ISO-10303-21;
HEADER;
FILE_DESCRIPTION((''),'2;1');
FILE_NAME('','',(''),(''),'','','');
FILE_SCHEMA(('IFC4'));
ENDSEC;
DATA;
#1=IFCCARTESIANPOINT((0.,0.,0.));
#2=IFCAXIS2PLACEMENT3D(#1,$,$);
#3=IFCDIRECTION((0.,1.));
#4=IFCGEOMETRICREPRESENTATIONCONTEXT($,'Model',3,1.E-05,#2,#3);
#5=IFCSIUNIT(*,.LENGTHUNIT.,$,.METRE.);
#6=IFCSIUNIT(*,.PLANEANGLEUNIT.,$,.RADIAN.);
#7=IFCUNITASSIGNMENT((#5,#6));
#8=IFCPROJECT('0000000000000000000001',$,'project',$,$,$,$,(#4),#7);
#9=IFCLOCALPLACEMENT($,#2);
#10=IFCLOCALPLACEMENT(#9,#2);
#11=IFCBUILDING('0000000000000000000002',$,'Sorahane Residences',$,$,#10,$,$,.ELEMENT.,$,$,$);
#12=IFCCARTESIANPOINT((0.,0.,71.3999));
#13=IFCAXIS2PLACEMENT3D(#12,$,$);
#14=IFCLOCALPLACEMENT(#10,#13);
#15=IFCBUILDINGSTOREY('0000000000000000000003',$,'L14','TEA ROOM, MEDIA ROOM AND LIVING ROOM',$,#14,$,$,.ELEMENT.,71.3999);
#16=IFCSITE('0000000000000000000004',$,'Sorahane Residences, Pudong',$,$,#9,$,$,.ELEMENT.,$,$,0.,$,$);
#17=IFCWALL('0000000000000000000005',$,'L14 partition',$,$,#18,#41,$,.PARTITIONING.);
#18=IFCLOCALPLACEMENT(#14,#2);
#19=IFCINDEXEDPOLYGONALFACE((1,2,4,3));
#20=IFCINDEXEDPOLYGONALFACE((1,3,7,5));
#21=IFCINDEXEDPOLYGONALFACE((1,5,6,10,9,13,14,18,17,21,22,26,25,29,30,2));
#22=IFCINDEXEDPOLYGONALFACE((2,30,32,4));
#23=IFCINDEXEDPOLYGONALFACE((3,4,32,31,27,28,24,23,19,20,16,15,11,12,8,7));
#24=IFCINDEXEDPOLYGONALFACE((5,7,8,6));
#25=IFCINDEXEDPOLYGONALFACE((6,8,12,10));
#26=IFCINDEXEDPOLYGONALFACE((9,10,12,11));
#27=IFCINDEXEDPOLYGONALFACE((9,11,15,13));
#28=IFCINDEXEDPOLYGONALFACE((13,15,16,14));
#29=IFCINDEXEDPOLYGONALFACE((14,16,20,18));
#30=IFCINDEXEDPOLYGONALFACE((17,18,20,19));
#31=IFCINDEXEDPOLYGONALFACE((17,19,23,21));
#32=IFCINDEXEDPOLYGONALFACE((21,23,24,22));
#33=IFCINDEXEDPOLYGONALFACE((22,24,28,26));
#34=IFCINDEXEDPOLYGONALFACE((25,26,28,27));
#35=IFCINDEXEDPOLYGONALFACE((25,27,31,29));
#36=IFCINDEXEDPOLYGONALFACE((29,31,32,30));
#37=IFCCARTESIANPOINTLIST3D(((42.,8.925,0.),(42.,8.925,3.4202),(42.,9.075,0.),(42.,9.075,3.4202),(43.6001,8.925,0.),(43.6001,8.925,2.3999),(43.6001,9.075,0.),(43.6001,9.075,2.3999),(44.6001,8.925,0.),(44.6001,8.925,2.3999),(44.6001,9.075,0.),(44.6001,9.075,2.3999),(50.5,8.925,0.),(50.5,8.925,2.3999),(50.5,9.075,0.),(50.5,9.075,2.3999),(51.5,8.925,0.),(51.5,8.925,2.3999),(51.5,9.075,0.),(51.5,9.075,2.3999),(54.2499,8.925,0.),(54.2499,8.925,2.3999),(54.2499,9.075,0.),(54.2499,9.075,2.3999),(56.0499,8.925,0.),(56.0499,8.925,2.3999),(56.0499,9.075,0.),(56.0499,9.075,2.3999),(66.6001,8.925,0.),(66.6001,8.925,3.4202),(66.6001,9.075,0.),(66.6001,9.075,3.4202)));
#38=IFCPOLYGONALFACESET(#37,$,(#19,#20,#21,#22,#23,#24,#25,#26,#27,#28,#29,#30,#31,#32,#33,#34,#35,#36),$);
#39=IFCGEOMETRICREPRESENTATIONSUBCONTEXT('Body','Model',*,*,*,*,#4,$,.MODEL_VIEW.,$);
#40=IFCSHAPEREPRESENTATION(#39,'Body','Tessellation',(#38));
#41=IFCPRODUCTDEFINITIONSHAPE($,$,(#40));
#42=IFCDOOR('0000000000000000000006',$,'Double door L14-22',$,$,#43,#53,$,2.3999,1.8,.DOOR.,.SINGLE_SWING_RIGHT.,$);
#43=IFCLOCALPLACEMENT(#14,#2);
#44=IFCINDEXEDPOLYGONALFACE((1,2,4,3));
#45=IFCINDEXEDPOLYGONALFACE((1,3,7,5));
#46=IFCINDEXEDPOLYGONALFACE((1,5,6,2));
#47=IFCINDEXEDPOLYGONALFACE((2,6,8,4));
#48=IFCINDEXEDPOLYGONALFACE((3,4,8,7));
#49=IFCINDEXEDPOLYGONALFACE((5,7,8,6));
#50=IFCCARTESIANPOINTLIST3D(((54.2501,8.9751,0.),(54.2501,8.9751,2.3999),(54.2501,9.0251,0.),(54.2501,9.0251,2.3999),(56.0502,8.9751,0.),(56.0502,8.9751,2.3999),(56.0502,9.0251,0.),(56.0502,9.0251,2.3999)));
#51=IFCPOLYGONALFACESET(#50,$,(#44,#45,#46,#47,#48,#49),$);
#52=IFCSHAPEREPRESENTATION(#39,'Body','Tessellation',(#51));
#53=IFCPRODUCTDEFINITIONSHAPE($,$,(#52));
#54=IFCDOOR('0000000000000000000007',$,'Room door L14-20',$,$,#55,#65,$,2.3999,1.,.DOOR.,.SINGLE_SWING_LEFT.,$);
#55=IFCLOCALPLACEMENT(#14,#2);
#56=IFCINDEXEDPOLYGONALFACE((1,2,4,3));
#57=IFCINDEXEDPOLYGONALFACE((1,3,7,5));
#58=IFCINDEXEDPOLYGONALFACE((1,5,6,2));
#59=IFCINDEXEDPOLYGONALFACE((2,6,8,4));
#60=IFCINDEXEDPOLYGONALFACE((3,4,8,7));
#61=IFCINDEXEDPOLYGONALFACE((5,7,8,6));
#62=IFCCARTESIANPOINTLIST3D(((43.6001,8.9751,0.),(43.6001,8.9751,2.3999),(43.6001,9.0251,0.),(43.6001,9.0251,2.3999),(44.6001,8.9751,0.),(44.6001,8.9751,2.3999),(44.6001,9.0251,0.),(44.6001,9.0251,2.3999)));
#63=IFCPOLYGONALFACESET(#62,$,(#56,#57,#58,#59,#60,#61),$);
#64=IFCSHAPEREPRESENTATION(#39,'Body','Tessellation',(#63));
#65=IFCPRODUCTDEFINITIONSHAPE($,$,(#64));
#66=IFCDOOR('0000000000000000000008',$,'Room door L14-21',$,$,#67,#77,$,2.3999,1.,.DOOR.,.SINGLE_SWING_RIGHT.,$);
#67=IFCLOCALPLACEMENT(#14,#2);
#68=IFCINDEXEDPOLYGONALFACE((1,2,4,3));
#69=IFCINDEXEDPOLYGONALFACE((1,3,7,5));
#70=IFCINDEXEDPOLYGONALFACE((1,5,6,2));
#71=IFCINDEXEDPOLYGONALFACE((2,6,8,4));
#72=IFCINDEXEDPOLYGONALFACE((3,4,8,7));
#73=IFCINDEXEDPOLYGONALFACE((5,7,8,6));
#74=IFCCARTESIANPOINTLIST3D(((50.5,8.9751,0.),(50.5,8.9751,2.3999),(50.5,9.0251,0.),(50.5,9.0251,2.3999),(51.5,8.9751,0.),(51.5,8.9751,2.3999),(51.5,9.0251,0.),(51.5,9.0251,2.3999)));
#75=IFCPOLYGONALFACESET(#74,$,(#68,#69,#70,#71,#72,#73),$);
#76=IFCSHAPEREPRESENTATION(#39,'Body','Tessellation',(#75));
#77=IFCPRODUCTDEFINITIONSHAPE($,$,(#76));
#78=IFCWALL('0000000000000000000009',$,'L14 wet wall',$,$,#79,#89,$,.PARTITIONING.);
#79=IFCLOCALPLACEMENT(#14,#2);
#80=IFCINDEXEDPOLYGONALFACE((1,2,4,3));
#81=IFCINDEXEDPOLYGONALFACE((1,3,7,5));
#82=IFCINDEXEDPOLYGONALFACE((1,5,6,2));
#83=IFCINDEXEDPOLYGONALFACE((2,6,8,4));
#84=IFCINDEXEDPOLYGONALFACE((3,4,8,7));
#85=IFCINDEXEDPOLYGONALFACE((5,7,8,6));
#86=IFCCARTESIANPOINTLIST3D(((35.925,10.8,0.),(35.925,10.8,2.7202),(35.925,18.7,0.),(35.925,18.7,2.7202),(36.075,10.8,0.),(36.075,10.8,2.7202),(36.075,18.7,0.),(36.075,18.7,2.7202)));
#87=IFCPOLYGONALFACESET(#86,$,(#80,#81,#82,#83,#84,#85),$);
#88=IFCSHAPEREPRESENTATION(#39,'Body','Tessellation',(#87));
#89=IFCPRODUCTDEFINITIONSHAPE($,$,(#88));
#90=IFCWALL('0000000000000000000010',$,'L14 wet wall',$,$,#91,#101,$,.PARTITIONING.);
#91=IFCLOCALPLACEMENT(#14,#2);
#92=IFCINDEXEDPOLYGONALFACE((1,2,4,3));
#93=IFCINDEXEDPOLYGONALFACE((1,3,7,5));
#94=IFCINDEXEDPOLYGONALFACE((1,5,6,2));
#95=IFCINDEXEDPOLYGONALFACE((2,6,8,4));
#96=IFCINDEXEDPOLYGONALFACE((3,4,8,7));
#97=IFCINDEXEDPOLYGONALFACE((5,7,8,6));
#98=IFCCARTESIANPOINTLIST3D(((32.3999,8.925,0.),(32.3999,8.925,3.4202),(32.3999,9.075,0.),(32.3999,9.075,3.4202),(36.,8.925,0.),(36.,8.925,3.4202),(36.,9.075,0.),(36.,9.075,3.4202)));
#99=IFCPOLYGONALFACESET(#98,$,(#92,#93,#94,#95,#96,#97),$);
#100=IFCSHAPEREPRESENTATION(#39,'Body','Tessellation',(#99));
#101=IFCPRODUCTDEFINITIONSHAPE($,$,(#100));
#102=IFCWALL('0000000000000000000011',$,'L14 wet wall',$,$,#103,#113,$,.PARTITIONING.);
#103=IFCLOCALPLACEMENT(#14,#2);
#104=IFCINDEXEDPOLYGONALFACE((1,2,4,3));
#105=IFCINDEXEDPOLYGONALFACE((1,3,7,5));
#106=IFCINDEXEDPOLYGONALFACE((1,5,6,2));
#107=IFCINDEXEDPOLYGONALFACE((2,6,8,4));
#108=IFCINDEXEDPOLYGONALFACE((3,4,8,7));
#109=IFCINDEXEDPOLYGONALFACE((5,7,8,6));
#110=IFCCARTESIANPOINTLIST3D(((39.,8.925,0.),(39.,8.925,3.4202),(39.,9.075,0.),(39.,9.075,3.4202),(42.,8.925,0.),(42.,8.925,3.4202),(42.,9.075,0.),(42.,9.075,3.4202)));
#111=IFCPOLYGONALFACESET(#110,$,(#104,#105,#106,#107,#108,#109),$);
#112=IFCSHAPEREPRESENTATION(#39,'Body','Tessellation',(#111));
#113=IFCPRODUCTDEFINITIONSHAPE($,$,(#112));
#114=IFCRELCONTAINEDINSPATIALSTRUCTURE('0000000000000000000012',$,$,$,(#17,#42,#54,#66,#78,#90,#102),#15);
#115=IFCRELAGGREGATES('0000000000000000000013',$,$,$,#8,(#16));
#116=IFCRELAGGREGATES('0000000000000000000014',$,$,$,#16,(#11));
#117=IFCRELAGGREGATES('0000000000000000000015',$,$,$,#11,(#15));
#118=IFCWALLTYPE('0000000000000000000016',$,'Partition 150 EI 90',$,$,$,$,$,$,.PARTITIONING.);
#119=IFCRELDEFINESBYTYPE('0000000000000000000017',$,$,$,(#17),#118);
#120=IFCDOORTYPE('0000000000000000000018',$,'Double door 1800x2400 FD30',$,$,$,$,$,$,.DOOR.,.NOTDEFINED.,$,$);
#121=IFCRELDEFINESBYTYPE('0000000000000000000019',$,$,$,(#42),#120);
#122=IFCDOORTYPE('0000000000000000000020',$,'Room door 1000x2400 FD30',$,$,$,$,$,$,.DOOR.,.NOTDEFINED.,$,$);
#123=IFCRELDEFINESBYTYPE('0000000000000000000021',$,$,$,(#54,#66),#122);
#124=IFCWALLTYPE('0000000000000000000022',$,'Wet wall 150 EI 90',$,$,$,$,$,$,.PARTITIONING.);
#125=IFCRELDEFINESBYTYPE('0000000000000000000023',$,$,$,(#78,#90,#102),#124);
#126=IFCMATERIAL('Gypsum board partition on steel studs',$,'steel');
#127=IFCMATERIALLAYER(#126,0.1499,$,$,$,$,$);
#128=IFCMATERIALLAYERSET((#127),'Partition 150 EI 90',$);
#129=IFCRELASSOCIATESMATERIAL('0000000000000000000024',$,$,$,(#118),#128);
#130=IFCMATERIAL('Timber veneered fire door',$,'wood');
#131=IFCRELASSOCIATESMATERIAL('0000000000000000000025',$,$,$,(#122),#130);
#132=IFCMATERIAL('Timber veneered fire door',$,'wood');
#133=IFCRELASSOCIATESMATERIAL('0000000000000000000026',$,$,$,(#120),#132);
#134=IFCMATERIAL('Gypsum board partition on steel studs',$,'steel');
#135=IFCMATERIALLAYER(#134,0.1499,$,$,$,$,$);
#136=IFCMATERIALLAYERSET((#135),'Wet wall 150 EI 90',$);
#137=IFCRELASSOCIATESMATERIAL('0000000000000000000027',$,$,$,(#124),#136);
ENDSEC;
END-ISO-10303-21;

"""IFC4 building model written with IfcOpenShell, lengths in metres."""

from ifc_helpers import new_model, si_unit, direction, frame, frame_2d, origin, place, context, subcontext, project, spatial, rectangle, extrude, material, layer, layer_set, type_object, element, fill, save


model = new_model("IFC4")

# Units and contexts
model_context = context("Model", 3, precision=1e-05, world=origin(), true_north=direction((0.0, 1.0)))
body_context = subcontext(model_context, "Body", "Model", "MODEL_VIEW")
ifc_project = project(units=[si_unit("LENGTHUNIT", "METRE"), si_unit("PLANEANGLEUNIT", "RADIAN")], contexts=[model_context])

# Site, building, storey
site_placement = place(None, origin())
site = spatial("IfcSite", under=ifc_project, at=site_placement, Name="Sorahane Residences, Pudong", CompositionType="ELEMENT", RefElevation=0.0)
building_placement = place(site_placement, origin())
building = spatial("IfcBuilding", under=site, at=building_placement, Name="Sorahane Residences", CompositionType="ELEMENT")
storey_placement = place(building_placement, frame((0.0, 0.0, 71.3999)))
storey = spatial("IfcBuildingStorey", under=building, at=storey_placement, Name="L14", Description="TEA ROOM, MEDIA ROOM AND LIVING ROOM", CompositionType="ELEMENT", Elevation=71.3999)

# Shared definitions
ifc_material_1 = material(Name="Gypsum board partition on steel studs", Category="steel")
ifc_layer_1 = layer(ifc_material_1, 0.1499)
ifc_layer_set_1 = layer_set([ifc_layer_1], Name="Partition 150 EI 90")
wall_type_1 = type_object("IfcWallType", Name="Partition 150 EI 90", PredefinedType="PARTITIONING", material=ifc_layer_set_1)
ifc_material_2 = material(Name="Timber veneered fire door", Category="wood")
door_type_1 = type_object("IfcDoorType", Name="Room door 1000x2400 FD30", OperationType="NOTDEFINED", PredefinedType="DOOR", material=ifc_material_2)

# Wall, openings, doors
wall_1_placement = place(storey_placement, frame((42.0, 9.0, 0.0), z_axis=(0.0, 0.0, 1.0), x_axis=(1.0, 0.0, 0.0)))
wall_1 = element("IfcWall", 1, at=wall_1_placement, inside=storey, type_object=wall_type_1, Name="L14 partition", PredefinedType="PARTITIONING", context=body_context, shape_type="SweptSolid", body=[
    extrude(rectangle(XDim=24.6001, YDim=0.1499, at=frame_2d((12.3, 0.0))), origin(), (0.0, 0.0, 1.0), 3.4202),
])
opening_1_placement = place(wall_1_placement, frame((1.6001, 0.0, 0.0)))
opening_1 = element("IfcOpeningElement", 2, at=opening_1_placement, cuts=wall_1, PredefinedType="OPENING", context=body_context, shape_type="SweptSolid", body=[
    extrude(rectangle(XDim=1.0, YDim=2.3999, at=frame_2d((0.5, 1.2))), frame((0.0, 0.085, 0.0), z_axis=(0.0, -1.0, 0.0), x_axis=(1.0, 0.0, 0.0)), (0.0, 0.0, 1.0), 0.1699),
])
opening_2_placement = place(wall_1_placement, frame((8.5, 0.0, 0.0)))
opening_2 = element("IfcOpeningElement", 3, at=opening_2_placement, cuts=wall_1, PredefinedType="OPENING", context=body_context, shape_type="SweptSolid", body=[
    extrude(rectangle(XDim=1.0, YDim=2.3999, at=frame_2d((0.5, 1.2))), frame((0.0, 0.085, 0.0), z_axis=(0.0, -1.0, 0.0), x_axis=(1.0, 0.0, 0.0)), (0.0, 0.0, 1.0), 0.1699),
])
opening_3_placement = place(wall_1_placement, frame((12.25, 0.0, 0.0)))
opening_3 = element("IfcOpeningElement", 4, at=opening_3_placement, cuts=wall_1, PredefinedType="OPENING", context=body_context, shape_type="SweptSolid", body=[
    extrude(rectangle(XDim=1.8, YDim=2.3999, at=frame_2d((0.8999, 1.2))), frame((0.0, 0.085, 0.0), z_axis=(0.0, -1.0, 0.0), x_axis=(1.0, 0.0, 0.0)), (0.0, 0.0, 1.0), 0.1699),
])
ifc_material_3 = material(Name="Timber veneered fire door", Category="wood")
door_type_2 = type_object("IfcDoorType", Name="Double door 1800x2400 FD30", OperationType="NOTDEFINED", PredefinedType="DOOR", material=ifc_material_3)
door_1_placement = place(opening_3_placement, frame((1.8, 0.0, 0.0), z_axis=(0.0, 0.0, 1.0), x_axis=(-1.0, 0.0, 0.0)))
door_1 = element("IfcDoor", 5, at=door_1_placement, inside=storey, type_object=door_type_2, Name="Double door L14-22", OperationType="SINGLE_SWING_RIGHT", OverallHeight=2.3999, OverallWidth=1.8, PredefinedType="DOOR", context=body_context, shape_type="SweptSolid", body=[
    extrude(rectangle(XDim=1.8, YDim=2.3999, at=frame_2d((0.8999, 1.2))), frame((0.0, 0.0249, 0.0), z_axis=(0.0, -1.0, 0.0), x_axis=(1.0, 0.0, 0.0)), (0.0, 0.0, 1.0), 0.05),
])
fill(opening_3, door_1)
door_2_placement = place(opening_1_placement, frame((1.0, 0.0, 0.0), z_axis=(0.0, 0.0, 1.0), x_axis=(-1.0, 0.0, 0.0)))
door_2 = element("IfcDoor", 6, at=door_2_placement, inside=storey, type_object=door_type_1, Name="Room door L14-20", OperationType="SINGLE_SWING_LEFT", OverallHeight=2.3999, OverallWidth=1.0, PredefinedType="DOOR", context=body_context, shape_type="SweptSolid", body=[
    extrude(rectangle(XDim=1.0, YDim=2.3999, at=frame_2d((0.5, 1.2))), frame((0.0, 0.0249, 0.0), z_axis=(0.0, -1.0, 0.0), x_axis=(1.0, 0.0, 0.0)), (0.0, 0.0, 1.0), 0.05),
])
fill(opening_1, door_2)
door_3_placement = place(opening_2_placement, frame((1.0, 0.0, 0.0), z_axis=(0.0, 0.0, 1.0), x_axis=(-1.0, 0.0, 0.0)))
door_3 = element("IfcDoor", 7, at=door_3_placement, inside=storey, type_object=door_type_1, Name="Room door L14-21", OperationType="SINGLE_SWING_RIGHT", OverallHeight=2.3999, OverallWidth=1.0, PredefinedType="DOOR", context=body_context, shape_type="SweptSolid", body=[
    extrude(rectangle(XDim=1.0, YDim=2.3999, at=frame_2d((0.5, 1.2))), frame((0.0, 0.0249, 0.0), z_axis=(0.0, -1.0, 0.0), x_axis=(1.0, 0.0, 0.0)), (0.0, 0.0, 1.0), 0.05),
])
fill(opening_2, door_3)

# Wall
ifc_material_4 = material(Name="Gypsum board partition on steel studs", Category="steel")
ifc_layer_2 = layer(ifc_material_4, 0.1499)
ifc_layer_set_2 = layer_set([ifc_layer_2], Name="Wet wall 150 EI 90")
wall_type_2 = type_object("IfcWallType", Name="Wet wall 150 EI 90", PredefinedType="PARTITIONING", material=ifc_layer_set_2)
wall_2_placement = place(storey_placement, frame((36.0, 10.8, 0.0), z_axis=(0.0, 0.0, 1.0), x_axis=(0.0, 1.0, 0.0)))
element("IfcWall", 8, at=wall_2_placement, inside=storey, type_object=wall_type_2, Name="L14 wet wall", PredefinedType="PARTITIONING", context=body_context, shape_type="SweptSolid", body=[
    extrude(rectangle(XDim=7.8999, YDim=0.1499, at=frame_2d((3.95, 0.0))), origin(), (0.0, 0.0, 1.0), 2.7202),
])

# Walls
wall_3_placement = place(storey_placement, frame((32.3999, 9.0, 0.0), z_axis=(0.0, 0.0, 1.0), x_axis=(1.0, 0.0, 0.0)))
element("IfcWall", 9, at=wall_3_placement, inside=storey, type_object=wall_type_2, Name="L14 wet wall", PredefinedType="PARTITIONING", context=body_context, shape_type="SweptSolid", body=[
    extrude(rectangle(XDim=3.6001, YDim=0.1499, at=frame_2d((1.8, 0.0))), origin(), (0.0, 0.0, 1.0), 3.4202),
])
wall_4_placement = place(storey_placement, frame((39.0, 9.0, 0.0), z_axis=(0.0, 0.0, 1.0), x_axis=(1.0, 0.0, 0.0)))
element("IfcWall", 10, at=wall_4_placement, inside=storey, type_object=wall_type_2, Name="L14 wet wall", PredefinedType="PARTITIONING", context=body_context, shape_type="SweptSolid", body=[
    extrude(rectangle(XDim=3.0, YDim=0.1499, at=frame_2d((1.5, 0.0))), origin(), (0.0, 0.0, 1.0), 3.4202),
])

save(model, "model.ifc")
